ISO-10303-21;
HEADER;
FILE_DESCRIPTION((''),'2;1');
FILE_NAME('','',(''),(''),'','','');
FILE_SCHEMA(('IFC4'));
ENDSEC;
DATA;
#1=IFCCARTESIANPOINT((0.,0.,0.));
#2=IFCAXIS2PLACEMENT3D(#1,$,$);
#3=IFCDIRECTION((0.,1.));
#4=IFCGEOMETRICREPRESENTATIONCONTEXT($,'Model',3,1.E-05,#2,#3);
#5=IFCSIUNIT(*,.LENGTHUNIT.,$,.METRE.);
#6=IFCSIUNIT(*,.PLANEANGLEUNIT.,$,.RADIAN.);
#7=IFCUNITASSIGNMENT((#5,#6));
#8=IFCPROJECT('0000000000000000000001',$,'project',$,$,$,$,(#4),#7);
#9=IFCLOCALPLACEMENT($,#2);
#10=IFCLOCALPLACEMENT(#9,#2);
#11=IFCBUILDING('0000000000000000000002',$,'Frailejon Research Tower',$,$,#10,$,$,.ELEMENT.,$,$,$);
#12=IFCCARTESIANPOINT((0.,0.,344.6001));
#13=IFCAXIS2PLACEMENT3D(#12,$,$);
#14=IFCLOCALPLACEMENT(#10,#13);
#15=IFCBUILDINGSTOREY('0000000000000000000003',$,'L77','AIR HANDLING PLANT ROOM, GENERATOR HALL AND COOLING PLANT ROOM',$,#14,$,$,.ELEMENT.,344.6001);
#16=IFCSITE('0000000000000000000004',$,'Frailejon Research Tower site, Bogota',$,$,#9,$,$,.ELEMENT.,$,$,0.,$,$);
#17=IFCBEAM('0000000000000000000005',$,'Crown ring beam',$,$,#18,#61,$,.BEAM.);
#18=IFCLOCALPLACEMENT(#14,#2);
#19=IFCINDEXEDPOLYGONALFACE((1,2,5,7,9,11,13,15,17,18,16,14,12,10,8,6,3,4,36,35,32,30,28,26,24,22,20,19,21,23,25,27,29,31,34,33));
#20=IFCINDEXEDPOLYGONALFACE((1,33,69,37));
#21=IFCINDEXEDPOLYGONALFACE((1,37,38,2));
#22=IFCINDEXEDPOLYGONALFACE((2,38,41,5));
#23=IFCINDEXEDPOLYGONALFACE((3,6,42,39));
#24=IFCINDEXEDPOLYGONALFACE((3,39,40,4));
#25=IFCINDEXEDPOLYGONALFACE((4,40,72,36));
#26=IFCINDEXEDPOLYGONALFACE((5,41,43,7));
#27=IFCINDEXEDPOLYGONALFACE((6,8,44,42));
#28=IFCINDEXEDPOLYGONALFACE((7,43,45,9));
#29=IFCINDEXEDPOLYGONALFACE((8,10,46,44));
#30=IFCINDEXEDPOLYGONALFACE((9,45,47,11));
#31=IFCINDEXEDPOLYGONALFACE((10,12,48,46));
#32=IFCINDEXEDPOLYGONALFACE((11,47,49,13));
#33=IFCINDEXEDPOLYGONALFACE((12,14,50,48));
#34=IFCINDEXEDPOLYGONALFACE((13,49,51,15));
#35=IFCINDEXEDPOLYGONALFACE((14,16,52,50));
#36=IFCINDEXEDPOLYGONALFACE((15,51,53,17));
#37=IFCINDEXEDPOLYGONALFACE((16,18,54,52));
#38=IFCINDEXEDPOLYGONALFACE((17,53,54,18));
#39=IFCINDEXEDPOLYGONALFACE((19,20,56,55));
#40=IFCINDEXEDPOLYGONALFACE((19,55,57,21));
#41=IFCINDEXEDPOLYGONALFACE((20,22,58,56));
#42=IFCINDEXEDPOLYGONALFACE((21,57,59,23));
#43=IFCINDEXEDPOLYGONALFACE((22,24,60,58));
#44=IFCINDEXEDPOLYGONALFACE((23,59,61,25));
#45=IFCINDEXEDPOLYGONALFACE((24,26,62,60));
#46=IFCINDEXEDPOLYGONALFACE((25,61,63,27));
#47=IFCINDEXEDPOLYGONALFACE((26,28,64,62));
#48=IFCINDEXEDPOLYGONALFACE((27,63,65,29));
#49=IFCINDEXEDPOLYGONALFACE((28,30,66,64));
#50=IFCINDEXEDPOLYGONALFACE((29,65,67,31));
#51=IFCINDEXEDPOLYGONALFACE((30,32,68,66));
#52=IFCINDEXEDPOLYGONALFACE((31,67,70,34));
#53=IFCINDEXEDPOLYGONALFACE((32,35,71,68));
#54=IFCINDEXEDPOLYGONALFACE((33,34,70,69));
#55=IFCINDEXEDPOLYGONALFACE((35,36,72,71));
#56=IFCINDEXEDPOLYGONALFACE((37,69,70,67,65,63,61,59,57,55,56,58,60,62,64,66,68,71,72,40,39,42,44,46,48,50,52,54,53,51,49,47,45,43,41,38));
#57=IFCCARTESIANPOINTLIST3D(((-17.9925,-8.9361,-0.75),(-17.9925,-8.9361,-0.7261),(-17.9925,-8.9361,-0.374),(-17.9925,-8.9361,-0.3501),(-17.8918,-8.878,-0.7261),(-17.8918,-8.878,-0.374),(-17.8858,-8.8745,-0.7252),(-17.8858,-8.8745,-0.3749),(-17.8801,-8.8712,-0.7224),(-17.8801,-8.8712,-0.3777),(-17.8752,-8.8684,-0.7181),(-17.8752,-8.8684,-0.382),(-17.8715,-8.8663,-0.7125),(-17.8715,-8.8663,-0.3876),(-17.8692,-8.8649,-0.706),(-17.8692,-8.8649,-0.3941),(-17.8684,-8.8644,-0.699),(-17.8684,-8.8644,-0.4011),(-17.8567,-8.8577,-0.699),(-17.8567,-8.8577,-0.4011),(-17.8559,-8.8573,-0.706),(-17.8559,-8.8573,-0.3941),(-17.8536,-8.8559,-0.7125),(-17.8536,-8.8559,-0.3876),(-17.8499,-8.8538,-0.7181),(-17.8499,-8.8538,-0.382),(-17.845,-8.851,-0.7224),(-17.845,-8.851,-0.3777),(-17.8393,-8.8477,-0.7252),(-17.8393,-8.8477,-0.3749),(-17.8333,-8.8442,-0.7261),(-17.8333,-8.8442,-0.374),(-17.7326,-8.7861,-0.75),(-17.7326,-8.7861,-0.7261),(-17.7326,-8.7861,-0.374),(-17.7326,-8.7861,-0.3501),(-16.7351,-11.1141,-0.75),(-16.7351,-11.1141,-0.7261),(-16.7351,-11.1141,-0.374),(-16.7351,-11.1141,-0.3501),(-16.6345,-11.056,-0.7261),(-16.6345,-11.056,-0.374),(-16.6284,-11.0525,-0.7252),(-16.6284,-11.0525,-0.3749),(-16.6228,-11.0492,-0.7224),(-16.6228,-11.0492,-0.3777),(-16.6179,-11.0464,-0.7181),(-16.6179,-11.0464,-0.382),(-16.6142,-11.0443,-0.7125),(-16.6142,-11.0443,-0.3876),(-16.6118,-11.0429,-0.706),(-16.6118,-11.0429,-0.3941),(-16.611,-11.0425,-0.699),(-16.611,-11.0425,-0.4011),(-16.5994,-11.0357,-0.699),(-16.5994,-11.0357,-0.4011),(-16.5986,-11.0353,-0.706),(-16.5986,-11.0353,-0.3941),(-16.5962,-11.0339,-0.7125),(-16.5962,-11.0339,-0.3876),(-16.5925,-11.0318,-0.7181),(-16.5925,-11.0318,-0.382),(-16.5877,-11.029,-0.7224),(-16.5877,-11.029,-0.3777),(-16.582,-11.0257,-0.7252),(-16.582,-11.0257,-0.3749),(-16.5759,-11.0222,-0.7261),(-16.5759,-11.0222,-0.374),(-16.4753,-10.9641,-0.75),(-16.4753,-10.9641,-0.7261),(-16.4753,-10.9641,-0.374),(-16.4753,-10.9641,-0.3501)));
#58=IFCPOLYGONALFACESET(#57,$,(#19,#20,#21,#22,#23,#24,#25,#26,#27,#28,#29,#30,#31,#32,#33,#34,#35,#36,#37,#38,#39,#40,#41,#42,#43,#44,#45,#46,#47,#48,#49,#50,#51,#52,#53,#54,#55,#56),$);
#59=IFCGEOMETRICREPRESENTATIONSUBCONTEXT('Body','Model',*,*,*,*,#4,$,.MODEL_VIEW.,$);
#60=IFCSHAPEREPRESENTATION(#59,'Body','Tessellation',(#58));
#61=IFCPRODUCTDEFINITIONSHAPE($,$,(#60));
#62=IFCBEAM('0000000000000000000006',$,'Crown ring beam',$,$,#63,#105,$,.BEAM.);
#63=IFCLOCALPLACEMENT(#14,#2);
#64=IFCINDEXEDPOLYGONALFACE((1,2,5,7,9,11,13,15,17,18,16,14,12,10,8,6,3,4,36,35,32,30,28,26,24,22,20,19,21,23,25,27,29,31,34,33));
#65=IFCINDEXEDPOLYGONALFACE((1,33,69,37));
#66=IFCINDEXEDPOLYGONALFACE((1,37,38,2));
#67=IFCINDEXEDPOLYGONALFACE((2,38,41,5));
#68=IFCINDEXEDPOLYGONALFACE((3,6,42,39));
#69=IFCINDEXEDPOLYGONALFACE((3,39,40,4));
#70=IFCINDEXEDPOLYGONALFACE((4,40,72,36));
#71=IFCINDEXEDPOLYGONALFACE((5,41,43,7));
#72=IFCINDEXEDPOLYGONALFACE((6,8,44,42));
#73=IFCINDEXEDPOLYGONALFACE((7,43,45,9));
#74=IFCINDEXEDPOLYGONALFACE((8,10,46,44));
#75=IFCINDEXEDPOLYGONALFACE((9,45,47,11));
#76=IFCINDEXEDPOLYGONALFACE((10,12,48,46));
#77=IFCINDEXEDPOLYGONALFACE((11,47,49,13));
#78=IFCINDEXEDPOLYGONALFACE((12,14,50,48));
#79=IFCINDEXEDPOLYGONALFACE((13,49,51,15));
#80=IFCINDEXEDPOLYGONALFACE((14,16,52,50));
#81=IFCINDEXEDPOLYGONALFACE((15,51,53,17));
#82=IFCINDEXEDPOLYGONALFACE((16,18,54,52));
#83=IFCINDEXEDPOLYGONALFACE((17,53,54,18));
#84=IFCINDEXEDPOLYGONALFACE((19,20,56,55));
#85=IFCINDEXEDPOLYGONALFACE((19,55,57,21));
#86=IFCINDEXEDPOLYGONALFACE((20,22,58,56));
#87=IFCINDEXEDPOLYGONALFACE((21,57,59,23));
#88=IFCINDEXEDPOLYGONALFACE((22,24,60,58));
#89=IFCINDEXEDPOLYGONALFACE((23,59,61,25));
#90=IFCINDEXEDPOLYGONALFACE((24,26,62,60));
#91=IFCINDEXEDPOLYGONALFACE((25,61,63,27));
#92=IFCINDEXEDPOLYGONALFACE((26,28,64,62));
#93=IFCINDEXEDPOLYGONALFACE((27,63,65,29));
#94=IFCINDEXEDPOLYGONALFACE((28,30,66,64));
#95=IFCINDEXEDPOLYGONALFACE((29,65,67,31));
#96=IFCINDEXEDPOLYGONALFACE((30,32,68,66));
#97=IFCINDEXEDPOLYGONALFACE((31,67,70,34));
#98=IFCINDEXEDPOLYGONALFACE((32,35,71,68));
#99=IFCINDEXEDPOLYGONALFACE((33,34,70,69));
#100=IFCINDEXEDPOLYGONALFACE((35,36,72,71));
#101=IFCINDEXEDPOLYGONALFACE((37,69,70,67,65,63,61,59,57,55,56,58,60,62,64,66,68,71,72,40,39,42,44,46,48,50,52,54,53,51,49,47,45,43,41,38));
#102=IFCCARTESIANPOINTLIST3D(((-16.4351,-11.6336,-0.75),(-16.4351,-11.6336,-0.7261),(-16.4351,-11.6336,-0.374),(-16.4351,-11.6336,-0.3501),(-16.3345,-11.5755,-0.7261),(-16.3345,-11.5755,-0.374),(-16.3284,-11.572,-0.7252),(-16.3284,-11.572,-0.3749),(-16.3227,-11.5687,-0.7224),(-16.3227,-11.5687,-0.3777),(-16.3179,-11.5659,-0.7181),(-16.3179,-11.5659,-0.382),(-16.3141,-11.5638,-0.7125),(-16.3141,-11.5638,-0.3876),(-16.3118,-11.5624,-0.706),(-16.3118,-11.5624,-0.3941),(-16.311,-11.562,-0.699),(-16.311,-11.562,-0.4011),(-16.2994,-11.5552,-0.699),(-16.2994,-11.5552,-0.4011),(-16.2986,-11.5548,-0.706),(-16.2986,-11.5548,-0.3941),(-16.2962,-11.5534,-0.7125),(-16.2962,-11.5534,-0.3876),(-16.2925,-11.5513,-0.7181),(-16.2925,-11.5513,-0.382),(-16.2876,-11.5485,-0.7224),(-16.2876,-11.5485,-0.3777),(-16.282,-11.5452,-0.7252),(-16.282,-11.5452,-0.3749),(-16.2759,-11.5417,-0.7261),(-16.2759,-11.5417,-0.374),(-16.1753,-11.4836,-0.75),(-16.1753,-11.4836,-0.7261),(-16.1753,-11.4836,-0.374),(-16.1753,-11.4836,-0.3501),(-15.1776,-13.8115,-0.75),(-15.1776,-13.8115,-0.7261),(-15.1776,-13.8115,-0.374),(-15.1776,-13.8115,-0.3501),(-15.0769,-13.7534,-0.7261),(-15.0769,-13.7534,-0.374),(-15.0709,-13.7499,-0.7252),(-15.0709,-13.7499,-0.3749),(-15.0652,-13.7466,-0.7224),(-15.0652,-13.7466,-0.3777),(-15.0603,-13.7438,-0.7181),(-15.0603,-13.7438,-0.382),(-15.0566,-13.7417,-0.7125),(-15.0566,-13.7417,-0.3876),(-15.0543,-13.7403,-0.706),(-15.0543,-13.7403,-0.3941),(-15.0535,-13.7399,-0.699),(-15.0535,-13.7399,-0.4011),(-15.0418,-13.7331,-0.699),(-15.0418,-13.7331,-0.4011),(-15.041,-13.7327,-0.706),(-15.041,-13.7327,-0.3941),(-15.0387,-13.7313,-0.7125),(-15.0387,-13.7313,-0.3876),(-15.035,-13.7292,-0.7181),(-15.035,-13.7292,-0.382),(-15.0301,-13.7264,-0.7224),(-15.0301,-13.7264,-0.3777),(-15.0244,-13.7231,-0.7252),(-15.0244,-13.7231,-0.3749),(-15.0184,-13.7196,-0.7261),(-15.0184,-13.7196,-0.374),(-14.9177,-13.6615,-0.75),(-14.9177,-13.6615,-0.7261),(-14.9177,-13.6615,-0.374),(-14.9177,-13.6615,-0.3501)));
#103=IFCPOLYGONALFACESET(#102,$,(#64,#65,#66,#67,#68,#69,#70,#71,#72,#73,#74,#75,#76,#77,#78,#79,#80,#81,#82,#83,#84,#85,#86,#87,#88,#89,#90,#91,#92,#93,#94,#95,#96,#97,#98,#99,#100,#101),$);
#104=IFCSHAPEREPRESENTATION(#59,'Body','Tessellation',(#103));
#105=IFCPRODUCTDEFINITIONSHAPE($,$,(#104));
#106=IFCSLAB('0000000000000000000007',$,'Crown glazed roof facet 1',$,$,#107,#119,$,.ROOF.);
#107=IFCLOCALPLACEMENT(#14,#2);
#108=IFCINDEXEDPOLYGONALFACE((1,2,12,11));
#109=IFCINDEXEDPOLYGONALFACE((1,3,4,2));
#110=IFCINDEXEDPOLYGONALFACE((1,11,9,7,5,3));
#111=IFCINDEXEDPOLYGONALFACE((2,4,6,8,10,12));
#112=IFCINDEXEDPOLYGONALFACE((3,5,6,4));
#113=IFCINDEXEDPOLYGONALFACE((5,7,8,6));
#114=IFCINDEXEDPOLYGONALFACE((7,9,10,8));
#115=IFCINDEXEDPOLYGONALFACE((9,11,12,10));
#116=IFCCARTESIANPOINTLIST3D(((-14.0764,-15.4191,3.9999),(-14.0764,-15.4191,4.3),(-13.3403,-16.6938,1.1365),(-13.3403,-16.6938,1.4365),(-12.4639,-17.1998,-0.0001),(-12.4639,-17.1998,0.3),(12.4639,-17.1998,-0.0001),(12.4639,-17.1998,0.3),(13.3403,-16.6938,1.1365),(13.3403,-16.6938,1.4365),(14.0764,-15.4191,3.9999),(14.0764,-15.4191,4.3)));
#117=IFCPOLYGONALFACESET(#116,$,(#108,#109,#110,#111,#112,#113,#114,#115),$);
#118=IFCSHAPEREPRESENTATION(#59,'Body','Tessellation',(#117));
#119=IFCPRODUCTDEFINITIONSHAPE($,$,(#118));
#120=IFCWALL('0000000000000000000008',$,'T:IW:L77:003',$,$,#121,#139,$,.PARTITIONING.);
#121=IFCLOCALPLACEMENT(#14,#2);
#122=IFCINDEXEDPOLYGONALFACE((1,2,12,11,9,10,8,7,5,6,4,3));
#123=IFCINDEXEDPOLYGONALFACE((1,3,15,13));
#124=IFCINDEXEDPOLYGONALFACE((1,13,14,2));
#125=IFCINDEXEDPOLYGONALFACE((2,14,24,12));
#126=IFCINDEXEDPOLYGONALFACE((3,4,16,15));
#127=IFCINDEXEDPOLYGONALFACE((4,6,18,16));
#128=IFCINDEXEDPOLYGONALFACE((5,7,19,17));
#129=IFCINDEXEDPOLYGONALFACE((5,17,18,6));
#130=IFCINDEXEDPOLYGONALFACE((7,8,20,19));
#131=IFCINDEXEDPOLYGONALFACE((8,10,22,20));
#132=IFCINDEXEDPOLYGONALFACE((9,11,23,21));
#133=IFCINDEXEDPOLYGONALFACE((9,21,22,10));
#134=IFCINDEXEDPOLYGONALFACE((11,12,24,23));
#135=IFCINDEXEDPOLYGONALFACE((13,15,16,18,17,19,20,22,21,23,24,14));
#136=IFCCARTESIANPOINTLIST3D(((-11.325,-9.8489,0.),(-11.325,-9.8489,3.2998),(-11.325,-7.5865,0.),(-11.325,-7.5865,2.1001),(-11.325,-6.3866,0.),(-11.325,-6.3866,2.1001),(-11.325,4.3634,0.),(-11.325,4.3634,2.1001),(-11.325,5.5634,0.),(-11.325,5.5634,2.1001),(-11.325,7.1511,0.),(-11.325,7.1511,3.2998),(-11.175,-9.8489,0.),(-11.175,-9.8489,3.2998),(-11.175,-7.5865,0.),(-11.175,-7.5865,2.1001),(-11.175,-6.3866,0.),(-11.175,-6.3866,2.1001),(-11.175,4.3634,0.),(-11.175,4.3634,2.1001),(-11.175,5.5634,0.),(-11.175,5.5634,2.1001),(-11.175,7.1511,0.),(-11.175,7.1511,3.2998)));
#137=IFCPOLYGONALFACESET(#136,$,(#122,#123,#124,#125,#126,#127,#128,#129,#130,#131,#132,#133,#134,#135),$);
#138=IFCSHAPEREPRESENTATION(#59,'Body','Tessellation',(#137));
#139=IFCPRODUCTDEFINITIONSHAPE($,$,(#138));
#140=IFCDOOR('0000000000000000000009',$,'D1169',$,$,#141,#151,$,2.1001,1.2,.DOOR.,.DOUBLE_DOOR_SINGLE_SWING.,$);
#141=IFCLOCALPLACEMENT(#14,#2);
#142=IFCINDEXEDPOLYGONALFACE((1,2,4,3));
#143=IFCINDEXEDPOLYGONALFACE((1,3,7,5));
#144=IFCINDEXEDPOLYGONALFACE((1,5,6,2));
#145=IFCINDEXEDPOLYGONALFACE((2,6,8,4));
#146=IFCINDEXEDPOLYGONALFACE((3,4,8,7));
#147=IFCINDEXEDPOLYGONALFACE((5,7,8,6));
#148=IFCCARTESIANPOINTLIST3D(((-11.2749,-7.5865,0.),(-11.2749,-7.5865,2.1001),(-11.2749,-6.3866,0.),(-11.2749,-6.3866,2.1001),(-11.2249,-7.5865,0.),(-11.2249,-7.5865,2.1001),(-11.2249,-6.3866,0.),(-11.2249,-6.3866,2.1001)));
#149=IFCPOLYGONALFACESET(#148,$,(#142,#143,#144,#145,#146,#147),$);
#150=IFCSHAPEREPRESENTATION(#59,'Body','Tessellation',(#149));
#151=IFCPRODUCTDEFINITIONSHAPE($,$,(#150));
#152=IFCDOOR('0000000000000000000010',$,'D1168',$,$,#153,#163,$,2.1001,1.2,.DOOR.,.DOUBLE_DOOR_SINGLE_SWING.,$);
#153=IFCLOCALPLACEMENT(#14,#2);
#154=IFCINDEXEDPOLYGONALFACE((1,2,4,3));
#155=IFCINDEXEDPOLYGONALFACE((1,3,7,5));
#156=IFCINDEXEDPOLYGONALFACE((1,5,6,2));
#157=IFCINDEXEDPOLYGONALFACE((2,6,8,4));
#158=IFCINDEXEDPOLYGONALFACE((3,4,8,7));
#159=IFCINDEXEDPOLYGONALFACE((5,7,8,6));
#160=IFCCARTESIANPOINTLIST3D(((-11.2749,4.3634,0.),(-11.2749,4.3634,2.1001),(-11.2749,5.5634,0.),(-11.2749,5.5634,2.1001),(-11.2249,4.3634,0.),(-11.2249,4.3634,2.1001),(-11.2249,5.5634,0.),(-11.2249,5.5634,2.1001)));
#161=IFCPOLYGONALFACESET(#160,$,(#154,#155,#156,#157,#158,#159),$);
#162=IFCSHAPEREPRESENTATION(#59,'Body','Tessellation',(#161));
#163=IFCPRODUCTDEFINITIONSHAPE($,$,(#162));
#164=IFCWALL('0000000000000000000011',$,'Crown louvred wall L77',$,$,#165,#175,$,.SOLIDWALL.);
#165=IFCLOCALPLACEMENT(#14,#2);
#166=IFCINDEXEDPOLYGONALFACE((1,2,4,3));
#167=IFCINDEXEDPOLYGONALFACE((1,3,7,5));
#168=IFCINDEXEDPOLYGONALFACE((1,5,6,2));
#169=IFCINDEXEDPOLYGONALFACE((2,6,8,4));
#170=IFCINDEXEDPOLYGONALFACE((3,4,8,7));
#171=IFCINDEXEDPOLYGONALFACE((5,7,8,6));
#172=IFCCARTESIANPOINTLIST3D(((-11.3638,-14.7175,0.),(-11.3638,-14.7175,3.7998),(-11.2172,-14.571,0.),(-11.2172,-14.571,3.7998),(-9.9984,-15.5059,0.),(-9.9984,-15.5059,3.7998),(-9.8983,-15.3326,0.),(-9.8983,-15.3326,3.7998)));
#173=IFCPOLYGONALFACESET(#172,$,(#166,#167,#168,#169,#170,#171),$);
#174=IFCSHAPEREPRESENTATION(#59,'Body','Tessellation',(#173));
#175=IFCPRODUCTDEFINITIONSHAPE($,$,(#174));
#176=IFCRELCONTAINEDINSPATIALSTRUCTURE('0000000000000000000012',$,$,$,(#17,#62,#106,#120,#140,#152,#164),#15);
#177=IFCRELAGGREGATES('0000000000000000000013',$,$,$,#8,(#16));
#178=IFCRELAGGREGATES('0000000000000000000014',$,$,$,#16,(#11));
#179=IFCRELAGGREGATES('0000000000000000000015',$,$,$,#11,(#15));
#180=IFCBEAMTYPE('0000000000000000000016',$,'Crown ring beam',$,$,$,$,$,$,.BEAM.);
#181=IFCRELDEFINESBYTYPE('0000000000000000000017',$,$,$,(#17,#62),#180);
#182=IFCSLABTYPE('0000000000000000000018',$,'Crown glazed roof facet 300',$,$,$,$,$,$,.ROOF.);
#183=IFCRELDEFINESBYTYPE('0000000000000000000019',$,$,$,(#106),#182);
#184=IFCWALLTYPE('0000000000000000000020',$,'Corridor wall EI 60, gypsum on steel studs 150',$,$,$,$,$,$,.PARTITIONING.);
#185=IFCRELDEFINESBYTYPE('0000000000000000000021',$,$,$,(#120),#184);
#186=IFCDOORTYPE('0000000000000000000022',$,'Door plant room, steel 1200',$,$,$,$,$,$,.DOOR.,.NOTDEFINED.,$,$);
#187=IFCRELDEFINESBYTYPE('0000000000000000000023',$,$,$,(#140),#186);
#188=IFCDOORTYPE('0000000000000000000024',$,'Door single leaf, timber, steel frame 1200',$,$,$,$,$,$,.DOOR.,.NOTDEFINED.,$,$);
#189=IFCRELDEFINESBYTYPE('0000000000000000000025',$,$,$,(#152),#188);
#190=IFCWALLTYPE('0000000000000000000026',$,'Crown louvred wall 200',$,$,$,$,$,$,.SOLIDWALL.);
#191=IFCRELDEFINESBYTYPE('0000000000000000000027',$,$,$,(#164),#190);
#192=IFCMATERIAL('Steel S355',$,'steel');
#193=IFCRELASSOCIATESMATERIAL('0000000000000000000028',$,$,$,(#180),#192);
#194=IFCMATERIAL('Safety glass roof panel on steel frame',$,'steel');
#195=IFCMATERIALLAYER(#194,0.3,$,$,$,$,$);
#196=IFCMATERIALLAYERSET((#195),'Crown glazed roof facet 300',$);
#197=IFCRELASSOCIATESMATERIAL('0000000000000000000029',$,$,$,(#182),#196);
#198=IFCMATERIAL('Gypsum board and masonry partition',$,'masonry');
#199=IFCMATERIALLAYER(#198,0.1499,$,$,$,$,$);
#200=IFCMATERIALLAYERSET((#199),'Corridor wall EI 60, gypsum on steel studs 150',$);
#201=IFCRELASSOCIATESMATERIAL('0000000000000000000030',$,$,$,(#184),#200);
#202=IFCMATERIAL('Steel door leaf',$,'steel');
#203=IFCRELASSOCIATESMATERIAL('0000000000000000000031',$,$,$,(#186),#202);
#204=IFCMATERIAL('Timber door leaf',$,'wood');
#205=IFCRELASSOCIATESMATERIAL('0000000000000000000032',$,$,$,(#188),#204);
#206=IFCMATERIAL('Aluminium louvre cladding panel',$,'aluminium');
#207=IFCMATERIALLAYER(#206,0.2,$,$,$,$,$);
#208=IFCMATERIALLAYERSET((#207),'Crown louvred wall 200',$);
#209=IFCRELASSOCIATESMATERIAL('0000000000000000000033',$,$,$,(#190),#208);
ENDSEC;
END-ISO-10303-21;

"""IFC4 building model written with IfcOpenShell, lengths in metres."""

from ifc_helpers import new_model, si_unit, direction, frame, frame_2d, origin, origin_2d, place, context, subcontext, project, spatial, polyline, rectangle, i_section, outline, extrude, material, layer, layer_set, material_profile, profile_set, type_object, element, fill, save


model = new_model("IFC4")

# Units and contexts
model_context = context("Model", 3, precision=1e-05, world=origin(), true_north=direction((0.0, 1.0)))
body_context = subcontext(model_context, "Body", "Model", "MODEL_VIEW")
ifc_project = project(units=[si_unit("LENGTHUNIT", "METRE"), si_unit("PLANEANGLEUNIT", "RADIAN")], contexts=[model_context])

# Site, building, storey
site_placement = place(None, origin())
site = spatial("IfcSite", under=ifc_project, at=site_placement, Name="Frailejon Research Tower site, Bogota", CompositionType="ELEMENT", RefElevation=0.0)
building_placement = place(site_placement, origin())
building = spatial("IfcBuilding", under=site, at=building_placement, Name="Frailejon Research Tower", CompositionType="ELEMENT")
storey_placement = place(building_placement, frame((0.0, 0.0, 344.6001)))
storey = spatial("IfcBuildingStorey", under=building, at=storey_placement, Name="L77", Description="AIR HANDLING PLANT ROOM, GENERATOR HALL AND COOLING PLANT ROOM", CompositionType="ELEMENT", Elevation=344.6001)

# Beams
ifc_material_1 = material(Name="Steel S355", Category="steel")
ifc_material_profile_1 = material_profile(ifc_material_1, i_section(OverallWidth=0.3, OverallDepth=0.3999, WebThickness=0.0134, FlangeThickness=0.0239, FilletRadius=0.0271, at=origin_2d()), Name="HE 400 B")
ifc_profile_set_1 = profile_set([ifc_material_profile_1], Name="Steel S355")
beam_type_1 = type_object("IfcBeamType", Name="Crown ring beam", PredefinedType="BEAM", material=ifc_profile_set_1)
for number, where, z_axis, x_axis, name in (
    (1, (-17.8625, -8.8611, -0.55), (0.499961, -0.866048, 0.0), (0.866048, 0.499961, 0.0), "Crown ring beam"),
    (2, (-16.3052, -11.5586, -0.55), (0.500033, -0.866006, 0.0), (0.866006, 0.500033, 0.0), "Crown ring beam"),
):
    element("IfcBeam", number, at=place(storey_placement, frame(where, z_axis=z_axis, x_axis=x_axis)), inside=storey, type_object=beam_type_1, Name=name, PredefinedType="BEAM", context=body_context, shape_type="SweptSolid", body=[
        extrude(i_section(OverallWidth=0.3, OverallDepth=0.3999, WebThickness=0.0134, FlangeThickness=0.0239, FilletRadius=0.0271, at=origin_2d()), origin(), (0.0, 0.0, 1.0), 2.5149),
    ])

# Slab
ifc_material_2 = material(Name="Safety glass roof panel on steel frame", Category="steel")
ifc_layer_1 = layer(ifc_material_2, 0.3)
ifc_layer_set_1 = layer_set([ifc_layer_1], Name="Crown glazed roof facet 300")
slab_type = type_object("IfcSlabType", Name="Crown glazed roof facet 300", PredefinedType="ROOF", material=ifc_layer_set_1)
slab_placement = place(storey_placement, frame((-13.3403, -16.6938, 1.1365), z_axis=(0.0, -0.913559, 0.406706), x_axis=(-0.22862, 0.395934, 0.889364)))
element("IfcSlab", 3, at=slab_placement, inside=storey, type_object=slab_type, Name="Crown glazed roof facet 1", PredefinedType="ROOF", context=body_context, shape_type="SweptSolid", body=[
    extrude(outline(polyline([(0.0, 0.0), (3.2197, 0.0), (-3.2166, -27.4072), (-6.0997, -25.974), (-7.1105, -24.8364), (-1.4115, -0.5688), (0.0, 0.0)])), origin(), (0.889364, -0.208858, 0.406706), 0.3),
])

# Wall, openings, doors
ifc_material_3 = material(Name="Gypsum board and masonry partition", Category="masonry")
ifc_layer_2 = layer(ifc_material_3, 0.1499)
ifc_layer_set_2 = layer_set([ifc_layer_2], Name="Corridor wall EI 60, gypsum on steel studs 150")
wall_type_1 = type_object("IfcWallType", Name="Corridor wall EI 60, gypsum on steel studs 150", PredefinedType="PARTITIONING", material=ifc_layer_set_2)
wall_1_placement = place(storey_placement, frame((-11.25, -9.8489, 0.0), z_axis=(0.0, 0.0, 1.0), x_axis=(0.0, 1.0, 0.0)))
wall_1 = element("IfcWall", 4, at=wall_1_placement, inside=storey, type_object=wall_type_1, Name="T:IW:L77:003", PredefinedType="PARTITIONING", context=body_context, shape_type="SweptSolid", body=[
    extrude(rectangle(XDim=17.0, YDim=0.1499, at=frame_2d((8.5, 0.0))), origin(), (0.0, 0.0, 1.0), 3.2998),
])
opening_1_placement = place(wall_1_placement, frame((14.2122, 0.0, 0.0)))
opening_1 = element("IfcOpeningElement", 5, at=opening_1_placement, cuts=wall_1, PredefinedType="OPENING", context=body_context, shape_type="SweptSolid", body=[
    extrude(rectangle(XDim=1.2, YDim=2.1001, at=frame_2d((0.6001, 1.05))), frame((0.0, 0.085, 0.0), z_axis=(0.0, -1.0, 0.0), x_axis=(1.0, 0.0, 0.0)), (0.0, 0.0, 1.0), 0.1699),
])
opening_2_placement = place(wall_1_placement, frame((2.2622, 0.0, 0.0)))
opening_2 = element("IfcOpeningElement", 6, at=opening_2_placement, cuts=wall_1, PredefinedType="OPENING", context=body_context, shape_type="SweptSolid", body=[
    extrude(rectangle(XDim=1.2, YDim=2.1001, at=frame_2d((0.6001, 1.05))), frame((0.0, 0.085, 0.0), z_axis=(0.0, -1.0, 0.0), x_axis=(1.0, 0.0, 0.0)), (0.0, 0.0, 1.0), 0.1699),
])
ifc_material_4 = material(Name="Steel door leaf", Category="steel")
door_type_1 = type_object("IfcDoorType", Name="Door plant room, steel 1200", OperationType="NOTDEFINED", PredefinedType="DOOR", material=ifc_material_4)
door_1_placement = place(opening_2_placement, origin())
door_1 = element("IfcDoor", 7, at=door_1_placement, inside=storey, type_object=door_type_1, Name="D1169", OperationType="DOUBLE_DOOR_SINGLE_SWING", OverallHeight=2.1001, OverallWidth=1.2, PredefinedType="DOOR", context=body_context, shape_type="SweptSolid", body=[
    extrude(rectangle(XDim=1.2, YDim=2.1001, at=frame_2d((0.6001, 1.05))), frame((0.0, 0.0249, 0.0), z_axis=(0.0, -1.0, 0.0), x_axis=(1.0, 0.0, 0.0)), (0.0, 0.0, 1.0), 0.05),
])
fill(opening_2, door_1)
ifc_material_5 = material(Name="Timber door leaf", Category="wood")
door_type_2 = type_object("IfcDoorType", Name="Door single leaf, timber, steel frame 1200", OperationType="NOTDEFINED", PredefinedType="DOOR", material=ifc_material_5)
door_2_placement = place(opening_1_placement, origin())
door_2 = element("IfcDoor", 8, at=door_2_placement, inside=storey, type_object=door_type_2, Name="D1168", OperationType="DOUBLE_DOOR_SINGLE_SWING", OverallHeight=2.1001, OverallWidth=1.2, PredefinedType="DOOR", context=body_context, shape_type="SweptSolid", body=[
    extrude(rectangle(XDim=1.2, YDim=2.1001, at=frame_2d((0.6001, 1.05))), frame((0.0, 0.0249, 0.0), z_axis=(0.0, -1.0, 0.0), x_axis=(1.0, 0.0, 0.0)), (0.0, 0.0, 1.0), 0.05),
])
fill(opening_1, door_2)

# Wall
ifc_material_6 = material(Name="Aluminium louvre cladding panel", Category="aluminium")
ifc_layer_3 = layer(ifc_material_6, 0.2)
ifc_layer_set_3 = layer_set([ifc_layer_3], Name="Crown louvred wall 200")
wall_type_2 = type_object("IfcWallType", Name="Crown louvred wall 200", PredefinedType="SOLIDWALL", material=ifc_layer_set_3)
wall_2_placement = place(storey_placement, frame((-11.2905, -14.6443, 0.0), z_axis=(0.0, 0.0, 1.0), x_axis=(0.866005, -0.500036, 0.0)))
element("IfcWall", 9, at=wall_2_placement, inside=storey, type_object=wall_type_2, Name="Crown louvred wall L77", PredefinedType="SOLIDWALL", context=body_context, shape_type="SweptSolid", body=[
    extrude(outline(polyline([(-0.0269, -0.1001), (1.5498, -0.1001), (1.5498, 0.1001), (0.0269, 0.1001), (-0.0269, -0.1001)])), origin(), (0.0, 0.0, 1.0), 3.7998),
])

save(model, "model.ifc")
